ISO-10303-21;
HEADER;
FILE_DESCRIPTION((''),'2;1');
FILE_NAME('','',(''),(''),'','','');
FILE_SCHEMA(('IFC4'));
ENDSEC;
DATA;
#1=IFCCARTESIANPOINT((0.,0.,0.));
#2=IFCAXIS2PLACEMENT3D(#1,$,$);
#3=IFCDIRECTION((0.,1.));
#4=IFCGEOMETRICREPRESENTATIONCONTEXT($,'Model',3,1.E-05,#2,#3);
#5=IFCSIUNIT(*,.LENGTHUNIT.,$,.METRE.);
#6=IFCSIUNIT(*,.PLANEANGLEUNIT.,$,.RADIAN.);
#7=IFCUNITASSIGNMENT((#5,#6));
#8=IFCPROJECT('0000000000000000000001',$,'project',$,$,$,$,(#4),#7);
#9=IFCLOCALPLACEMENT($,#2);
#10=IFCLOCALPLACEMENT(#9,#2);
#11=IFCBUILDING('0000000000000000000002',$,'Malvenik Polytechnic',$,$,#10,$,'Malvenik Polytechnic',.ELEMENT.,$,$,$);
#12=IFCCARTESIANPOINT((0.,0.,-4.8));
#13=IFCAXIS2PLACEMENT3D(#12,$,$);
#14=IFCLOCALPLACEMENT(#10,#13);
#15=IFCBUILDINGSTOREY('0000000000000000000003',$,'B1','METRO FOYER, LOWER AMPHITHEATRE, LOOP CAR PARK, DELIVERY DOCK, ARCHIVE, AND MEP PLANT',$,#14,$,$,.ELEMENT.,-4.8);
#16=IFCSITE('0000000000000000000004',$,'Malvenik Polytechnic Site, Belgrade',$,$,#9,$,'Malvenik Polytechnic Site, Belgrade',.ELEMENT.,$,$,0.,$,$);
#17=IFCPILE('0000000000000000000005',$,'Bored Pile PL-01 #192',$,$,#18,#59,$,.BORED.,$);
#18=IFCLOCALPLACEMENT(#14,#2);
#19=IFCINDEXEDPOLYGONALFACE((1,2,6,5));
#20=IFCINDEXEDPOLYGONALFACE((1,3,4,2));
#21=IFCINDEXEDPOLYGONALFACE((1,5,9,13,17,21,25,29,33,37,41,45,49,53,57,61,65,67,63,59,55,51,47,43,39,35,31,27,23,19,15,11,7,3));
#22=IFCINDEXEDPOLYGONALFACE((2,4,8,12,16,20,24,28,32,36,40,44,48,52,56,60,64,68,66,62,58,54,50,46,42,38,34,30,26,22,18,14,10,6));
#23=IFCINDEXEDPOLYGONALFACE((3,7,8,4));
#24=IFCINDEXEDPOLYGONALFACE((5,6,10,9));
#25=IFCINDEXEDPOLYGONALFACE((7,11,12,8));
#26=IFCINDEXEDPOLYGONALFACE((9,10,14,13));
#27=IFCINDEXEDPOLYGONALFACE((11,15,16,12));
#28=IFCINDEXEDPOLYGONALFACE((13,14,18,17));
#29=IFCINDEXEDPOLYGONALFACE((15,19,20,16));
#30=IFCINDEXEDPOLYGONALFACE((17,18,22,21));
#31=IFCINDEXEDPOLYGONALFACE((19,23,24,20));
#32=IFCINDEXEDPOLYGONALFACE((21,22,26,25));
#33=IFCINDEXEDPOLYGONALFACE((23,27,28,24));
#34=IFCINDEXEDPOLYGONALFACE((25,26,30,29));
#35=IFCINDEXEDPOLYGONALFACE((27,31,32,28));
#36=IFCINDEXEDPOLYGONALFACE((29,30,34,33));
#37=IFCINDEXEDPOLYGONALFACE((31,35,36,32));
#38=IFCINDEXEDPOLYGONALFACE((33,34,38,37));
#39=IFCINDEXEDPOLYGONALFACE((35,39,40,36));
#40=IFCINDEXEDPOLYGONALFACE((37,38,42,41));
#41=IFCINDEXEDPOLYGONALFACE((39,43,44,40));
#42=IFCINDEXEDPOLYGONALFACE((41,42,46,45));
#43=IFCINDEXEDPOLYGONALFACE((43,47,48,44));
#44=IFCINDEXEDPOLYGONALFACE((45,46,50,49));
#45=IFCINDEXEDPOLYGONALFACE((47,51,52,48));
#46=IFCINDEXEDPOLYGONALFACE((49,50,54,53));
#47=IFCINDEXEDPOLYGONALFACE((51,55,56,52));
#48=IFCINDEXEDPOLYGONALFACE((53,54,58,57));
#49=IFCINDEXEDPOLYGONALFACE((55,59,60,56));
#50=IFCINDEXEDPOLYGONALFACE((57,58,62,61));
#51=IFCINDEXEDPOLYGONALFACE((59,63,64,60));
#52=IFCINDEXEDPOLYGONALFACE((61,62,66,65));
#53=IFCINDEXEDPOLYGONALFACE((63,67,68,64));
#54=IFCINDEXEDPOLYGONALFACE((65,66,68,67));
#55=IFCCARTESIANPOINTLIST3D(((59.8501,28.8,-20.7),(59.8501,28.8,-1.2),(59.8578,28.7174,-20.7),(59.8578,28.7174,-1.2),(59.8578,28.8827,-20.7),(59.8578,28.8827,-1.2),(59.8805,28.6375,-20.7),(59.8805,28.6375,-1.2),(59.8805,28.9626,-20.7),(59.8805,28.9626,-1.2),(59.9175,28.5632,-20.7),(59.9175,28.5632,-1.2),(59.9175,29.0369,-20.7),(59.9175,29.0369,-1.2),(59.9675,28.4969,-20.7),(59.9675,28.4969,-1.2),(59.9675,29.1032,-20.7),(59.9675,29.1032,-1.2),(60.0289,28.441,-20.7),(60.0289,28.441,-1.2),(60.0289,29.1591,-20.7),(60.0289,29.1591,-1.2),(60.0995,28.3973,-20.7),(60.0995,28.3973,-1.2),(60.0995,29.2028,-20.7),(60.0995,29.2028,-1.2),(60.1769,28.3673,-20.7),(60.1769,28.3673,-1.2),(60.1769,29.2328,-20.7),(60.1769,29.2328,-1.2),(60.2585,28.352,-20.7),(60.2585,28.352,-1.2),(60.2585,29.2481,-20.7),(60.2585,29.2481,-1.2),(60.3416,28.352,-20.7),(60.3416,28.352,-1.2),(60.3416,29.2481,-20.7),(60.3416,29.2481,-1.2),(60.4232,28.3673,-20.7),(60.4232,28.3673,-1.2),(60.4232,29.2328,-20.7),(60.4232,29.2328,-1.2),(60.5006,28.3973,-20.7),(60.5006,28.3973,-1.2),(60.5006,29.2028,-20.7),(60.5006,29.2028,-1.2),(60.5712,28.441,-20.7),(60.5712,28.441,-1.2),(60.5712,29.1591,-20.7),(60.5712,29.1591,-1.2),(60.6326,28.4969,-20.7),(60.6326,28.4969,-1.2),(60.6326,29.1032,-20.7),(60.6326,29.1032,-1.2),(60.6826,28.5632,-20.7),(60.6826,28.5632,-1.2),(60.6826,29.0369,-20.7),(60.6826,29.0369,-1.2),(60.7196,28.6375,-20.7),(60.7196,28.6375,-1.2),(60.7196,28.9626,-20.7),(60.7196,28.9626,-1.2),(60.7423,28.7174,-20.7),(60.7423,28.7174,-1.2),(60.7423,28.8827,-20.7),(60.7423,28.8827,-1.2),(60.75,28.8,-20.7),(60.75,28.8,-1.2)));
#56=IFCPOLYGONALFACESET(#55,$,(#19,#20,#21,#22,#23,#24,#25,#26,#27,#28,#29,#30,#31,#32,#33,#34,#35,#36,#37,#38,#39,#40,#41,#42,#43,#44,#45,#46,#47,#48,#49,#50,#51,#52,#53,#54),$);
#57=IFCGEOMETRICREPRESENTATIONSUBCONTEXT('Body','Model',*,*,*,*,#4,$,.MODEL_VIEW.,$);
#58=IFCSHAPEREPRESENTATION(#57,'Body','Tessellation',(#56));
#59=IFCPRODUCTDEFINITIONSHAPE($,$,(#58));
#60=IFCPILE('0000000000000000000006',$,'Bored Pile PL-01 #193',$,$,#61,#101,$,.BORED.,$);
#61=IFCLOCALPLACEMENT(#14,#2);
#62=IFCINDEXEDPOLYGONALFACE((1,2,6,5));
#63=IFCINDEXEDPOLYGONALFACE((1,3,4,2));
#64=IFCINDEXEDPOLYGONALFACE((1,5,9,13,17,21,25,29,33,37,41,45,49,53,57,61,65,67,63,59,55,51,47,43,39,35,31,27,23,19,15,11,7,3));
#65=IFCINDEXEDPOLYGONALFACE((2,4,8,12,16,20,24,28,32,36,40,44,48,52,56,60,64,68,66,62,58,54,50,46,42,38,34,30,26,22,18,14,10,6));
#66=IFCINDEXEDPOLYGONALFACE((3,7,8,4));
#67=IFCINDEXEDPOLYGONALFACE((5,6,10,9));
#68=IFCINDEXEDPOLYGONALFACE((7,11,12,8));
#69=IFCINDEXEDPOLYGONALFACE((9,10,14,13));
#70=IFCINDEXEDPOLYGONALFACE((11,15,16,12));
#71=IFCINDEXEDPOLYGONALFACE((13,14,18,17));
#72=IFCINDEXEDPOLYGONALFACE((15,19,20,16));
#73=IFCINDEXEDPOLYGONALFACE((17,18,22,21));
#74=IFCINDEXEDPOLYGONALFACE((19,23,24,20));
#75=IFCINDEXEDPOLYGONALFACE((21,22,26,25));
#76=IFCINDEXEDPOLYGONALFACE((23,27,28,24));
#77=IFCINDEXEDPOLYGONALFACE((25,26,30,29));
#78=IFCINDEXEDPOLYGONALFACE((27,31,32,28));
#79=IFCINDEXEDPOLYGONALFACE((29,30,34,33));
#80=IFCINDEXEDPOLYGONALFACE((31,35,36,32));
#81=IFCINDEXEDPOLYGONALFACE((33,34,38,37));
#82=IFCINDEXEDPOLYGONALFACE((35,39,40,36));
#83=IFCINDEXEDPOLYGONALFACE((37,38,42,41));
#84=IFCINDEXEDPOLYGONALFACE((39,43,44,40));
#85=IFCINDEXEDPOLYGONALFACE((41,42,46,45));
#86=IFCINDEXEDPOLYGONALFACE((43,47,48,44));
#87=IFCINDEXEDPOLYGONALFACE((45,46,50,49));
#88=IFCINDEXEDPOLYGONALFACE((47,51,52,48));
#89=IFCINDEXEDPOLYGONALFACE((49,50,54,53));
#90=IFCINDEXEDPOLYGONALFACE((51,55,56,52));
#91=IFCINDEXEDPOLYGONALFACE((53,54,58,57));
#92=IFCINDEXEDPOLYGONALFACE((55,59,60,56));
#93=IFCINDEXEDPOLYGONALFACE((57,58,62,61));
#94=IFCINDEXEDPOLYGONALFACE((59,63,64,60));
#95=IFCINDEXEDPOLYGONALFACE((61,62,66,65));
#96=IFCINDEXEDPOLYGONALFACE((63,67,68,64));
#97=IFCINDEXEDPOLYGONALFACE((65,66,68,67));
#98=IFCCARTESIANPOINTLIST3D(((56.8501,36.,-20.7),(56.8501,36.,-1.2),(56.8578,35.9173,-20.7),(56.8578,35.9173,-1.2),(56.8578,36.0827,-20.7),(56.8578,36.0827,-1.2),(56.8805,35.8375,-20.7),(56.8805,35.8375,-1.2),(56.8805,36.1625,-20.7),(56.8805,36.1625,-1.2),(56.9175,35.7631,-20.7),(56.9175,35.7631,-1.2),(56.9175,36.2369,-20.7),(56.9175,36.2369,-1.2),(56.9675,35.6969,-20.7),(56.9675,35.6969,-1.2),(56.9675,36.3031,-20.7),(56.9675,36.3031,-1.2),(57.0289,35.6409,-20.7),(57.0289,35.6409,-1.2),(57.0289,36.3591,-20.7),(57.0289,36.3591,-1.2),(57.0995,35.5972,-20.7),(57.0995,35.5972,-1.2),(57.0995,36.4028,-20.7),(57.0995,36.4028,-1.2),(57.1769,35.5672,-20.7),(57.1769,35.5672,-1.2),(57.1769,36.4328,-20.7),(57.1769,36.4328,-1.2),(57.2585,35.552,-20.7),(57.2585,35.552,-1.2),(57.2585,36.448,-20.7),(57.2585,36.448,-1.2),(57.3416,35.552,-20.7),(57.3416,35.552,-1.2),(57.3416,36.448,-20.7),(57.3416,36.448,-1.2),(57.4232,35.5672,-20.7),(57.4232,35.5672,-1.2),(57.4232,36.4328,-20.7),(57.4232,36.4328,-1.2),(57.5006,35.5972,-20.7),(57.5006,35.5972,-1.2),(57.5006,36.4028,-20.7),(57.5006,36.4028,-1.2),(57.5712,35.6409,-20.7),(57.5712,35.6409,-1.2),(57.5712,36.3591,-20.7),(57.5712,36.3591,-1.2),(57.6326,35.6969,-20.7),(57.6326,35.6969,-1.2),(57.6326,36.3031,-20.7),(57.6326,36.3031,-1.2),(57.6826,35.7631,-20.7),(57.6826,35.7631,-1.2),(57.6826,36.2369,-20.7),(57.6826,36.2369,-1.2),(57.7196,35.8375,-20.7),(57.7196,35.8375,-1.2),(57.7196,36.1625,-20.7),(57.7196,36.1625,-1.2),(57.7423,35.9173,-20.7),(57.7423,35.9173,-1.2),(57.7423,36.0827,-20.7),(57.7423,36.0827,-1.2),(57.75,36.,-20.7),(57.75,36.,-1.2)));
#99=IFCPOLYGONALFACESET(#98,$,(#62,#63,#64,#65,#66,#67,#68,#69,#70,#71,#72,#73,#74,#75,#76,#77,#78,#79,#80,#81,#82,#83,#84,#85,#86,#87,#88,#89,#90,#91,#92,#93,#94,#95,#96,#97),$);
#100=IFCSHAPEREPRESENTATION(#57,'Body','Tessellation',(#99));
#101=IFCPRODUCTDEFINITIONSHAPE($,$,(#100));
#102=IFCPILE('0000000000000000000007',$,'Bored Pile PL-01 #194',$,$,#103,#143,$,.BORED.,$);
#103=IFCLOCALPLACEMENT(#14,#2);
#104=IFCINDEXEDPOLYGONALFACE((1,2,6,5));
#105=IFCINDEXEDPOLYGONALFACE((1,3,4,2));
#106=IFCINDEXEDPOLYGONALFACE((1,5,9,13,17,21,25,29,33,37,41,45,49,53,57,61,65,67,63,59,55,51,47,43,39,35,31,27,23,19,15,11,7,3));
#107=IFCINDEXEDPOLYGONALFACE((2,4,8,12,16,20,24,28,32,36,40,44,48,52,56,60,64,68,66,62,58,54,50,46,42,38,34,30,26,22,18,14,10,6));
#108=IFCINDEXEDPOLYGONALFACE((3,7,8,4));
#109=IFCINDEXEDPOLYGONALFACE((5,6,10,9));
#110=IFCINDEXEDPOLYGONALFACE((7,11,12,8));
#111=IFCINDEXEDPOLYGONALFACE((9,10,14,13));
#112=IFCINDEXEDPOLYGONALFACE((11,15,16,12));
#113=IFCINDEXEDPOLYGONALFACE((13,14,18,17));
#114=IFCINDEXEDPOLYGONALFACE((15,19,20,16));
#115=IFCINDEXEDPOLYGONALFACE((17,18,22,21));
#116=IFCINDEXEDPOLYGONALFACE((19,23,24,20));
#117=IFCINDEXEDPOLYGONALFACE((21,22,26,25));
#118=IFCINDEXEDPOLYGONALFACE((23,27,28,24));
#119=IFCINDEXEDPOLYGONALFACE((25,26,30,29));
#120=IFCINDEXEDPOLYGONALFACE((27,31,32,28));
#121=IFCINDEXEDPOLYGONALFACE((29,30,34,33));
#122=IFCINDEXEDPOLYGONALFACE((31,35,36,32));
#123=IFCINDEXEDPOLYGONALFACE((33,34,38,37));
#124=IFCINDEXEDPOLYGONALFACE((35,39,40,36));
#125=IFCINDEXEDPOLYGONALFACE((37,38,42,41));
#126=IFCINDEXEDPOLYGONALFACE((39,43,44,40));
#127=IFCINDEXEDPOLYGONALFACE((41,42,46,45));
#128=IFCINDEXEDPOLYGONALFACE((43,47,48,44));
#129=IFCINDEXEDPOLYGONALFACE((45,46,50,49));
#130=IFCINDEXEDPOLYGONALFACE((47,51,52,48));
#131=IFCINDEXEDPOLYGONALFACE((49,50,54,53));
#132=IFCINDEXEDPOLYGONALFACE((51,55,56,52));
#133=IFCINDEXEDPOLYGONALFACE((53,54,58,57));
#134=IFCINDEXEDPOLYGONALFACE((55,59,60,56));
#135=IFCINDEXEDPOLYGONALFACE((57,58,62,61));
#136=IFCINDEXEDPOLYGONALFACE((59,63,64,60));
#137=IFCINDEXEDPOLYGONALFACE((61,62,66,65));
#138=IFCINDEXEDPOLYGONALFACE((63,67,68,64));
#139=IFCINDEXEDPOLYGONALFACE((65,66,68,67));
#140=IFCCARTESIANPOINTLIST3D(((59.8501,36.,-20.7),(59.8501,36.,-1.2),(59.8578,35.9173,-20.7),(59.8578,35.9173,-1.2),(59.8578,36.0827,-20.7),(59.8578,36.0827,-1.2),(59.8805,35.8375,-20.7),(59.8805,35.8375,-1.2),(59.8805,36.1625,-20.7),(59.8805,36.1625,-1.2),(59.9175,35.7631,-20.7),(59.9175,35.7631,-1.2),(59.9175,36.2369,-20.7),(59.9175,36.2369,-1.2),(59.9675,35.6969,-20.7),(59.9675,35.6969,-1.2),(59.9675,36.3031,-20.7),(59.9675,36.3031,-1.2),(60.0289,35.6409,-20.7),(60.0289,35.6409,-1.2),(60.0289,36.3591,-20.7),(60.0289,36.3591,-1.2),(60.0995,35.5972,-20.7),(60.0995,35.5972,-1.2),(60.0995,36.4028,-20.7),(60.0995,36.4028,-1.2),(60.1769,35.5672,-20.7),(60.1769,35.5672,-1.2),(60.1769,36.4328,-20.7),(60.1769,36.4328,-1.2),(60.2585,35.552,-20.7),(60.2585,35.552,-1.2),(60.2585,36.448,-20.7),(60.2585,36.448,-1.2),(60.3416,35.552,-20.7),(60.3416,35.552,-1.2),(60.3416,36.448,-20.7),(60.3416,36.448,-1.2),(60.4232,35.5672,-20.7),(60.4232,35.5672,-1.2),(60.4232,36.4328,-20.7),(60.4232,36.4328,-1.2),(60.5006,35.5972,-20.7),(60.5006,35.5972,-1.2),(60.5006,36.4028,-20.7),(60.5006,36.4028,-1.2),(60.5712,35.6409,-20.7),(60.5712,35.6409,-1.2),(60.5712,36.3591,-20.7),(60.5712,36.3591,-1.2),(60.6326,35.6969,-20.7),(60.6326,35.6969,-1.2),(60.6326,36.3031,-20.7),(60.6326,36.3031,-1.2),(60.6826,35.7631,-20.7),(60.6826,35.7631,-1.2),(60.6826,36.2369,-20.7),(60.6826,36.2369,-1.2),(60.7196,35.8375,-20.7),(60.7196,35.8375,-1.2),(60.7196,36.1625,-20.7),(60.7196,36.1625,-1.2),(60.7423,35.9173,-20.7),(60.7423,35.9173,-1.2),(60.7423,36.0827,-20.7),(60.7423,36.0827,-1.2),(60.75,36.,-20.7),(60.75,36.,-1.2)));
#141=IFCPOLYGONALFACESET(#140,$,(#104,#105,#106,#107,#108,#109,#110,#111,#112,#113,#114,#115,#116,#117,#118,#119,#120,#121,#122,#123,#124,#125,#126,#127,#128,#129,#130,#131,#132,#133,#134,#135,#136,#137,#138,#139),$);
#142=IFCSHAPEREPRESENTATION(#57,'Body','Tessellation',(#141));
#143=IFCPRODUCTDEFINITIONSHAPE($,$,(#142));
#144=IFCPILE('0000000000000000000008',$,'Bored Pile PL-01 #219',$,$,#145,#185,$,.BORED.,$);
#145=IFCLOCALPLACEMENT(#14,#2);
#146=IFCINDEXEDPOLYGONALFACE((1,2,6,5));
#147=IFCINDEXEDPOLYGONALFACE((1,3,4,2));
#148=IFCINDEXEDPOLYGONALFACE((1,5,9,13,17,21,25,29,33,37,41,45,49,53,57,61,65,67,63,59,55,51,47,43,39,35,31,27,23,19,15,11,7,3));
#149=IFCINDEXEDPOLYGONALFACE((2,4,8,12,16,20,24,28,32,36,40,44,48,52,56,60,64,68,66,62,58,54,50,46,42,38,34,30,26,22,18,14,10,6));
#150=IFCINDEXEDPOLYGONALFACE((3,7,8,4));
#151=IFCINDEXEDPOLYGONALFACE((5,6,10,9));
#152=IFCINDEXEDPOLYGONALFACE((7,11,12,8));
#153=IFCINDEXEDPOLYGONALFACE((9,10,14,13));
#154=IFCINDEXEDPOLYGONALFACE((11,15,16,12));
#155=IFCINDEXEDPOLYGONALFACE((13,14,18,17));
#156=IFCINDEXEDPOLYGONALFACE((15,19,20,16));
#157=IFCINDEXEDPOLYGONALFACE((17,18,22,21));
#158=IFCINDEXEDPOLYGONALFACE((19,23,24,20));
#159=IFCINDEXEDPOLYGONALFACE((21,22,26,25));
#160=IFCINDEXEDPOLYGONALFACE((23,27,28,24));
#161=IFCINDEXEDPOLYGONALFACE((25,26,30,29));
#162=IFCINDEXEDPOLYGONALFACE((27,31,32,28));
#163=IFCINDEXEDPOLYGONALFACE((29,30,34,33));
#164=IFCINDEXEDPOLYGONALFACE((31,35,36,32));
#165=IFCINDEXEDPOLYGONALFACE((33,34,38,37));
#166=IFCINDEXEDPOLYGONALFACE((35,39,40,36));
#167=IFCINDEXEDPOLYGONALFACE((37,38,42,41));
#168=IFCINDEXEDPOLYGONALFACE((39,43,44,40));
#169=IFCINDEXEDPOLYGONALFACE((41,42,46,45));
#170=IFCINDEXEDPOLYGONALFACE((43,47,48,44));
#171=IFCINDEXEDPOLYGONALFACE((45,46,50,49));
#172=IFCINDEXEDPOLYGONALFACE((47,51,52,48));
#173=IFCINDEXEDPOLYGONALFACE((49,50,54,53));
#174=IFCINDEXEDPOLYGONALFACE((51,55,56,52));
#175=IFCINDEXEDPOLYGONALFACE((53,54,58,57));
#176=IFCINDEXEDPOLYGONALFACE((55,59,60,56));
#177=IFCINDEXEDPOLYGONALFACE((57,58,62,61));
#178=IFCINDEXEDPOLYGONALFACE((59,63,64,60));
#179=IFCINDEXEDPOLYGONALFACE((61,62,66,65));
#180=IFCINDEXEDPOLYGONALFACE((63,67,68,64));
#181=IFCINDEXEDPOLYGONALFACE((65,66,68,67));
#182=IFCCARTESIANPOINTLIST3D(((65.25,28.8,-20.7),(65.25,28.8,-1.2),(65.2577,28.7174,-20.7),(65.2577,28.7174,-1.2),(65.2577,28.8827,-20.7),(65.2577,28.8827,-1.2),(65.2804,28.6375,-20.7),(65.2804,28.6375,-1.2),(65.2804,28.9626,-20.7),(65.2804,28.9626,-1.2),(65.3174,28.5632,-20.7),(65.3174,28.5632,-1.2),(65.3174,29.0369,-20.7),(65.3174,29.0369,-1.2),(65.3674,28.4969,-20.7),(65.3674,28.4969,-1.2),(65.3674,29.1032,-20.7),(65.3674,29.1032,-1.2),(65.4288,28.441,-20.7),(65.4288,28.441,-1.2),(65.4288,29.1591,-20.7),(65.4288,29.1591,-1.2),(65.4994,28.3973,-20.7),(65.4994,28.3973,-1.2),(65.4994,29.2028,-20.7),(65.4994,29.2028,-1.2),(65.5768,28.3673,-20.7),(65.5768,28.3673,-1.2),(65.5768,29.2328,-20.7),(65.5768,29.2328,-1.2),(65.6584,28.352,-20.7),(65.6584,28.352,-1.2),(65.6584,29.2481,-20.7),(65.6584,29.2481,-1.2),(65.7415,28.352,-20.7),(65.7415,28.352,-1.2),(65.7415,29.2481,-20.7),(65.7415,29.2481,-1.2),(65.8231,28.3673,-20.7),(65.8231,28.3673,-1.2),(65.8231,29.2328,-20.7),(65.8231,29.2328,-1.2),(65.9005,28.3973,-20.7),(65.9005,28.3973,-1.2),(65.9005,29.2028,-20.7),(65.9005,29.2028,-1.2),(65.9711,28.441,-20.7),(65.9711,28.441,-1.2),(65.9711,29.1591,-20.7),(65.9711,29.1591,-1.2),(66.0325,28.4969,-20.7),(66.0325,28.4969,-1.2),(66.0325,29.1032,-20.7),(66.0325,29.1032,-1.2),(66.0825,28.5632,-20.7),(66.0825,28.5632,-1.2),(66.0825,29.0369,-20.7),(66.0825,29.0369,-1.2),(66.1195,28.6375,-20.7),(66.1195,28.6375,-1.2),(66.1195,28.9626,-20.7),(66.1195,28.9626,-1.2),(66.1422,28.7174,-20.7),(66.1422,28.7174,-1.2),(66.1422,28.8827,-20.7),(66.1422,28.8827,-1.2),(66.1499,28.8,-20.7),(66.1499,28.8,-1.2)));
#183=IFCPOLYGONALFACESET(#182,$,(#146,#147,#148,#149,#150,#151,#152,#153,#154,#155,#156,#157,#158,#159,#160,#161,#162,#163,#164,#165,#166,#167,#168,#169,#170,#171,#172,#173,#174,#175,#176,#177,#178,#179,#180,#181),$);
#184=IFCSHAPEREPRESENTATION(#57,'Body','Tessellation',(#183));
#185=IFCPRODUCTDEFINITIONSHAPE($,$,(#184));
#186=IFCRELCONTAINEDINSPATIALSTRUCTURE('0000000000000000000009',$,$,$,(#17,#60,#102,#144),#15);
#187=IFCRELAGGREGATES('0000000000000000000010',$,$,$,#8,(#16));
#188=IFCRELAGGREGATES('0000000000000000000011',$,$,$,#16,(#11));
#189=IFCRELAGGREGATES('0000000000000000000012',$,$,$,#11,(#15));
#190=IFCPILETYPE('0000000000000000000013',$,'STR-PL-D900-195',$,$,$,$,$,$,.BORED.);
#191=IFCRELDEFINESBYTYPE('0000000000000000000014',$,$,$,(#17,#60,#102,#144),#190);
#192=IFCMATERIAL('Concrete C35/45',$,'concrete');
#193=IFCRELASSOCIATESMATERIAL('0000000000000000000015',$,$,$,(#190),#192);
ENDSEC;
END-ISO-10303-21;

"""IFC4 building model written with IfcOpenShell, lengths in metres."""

from ifc_helpers import new_model, si_unit, direction, frame, origin, origin_2d, place, context, subcontext, project, spatial, circle, extrude, material, material_profile, profile_set, type_object, element, save


model = new_model("IFC4")

# Units and contexts
model_context = context("Model", 3, precision=1e-05, world=origin(), true_north=direction((0.0, 1.0)))
body_context = subcontext(model_context, "Body", "Model", "MODEL_VIEW")
ifc_project = project(units=[si_unit("LENGTHUNIT", "METRE"), si_unit("PLANEANGLEUNIT", "RADIAN")], contexts=[model_context])

# Site, building, storey
site_placement = place(None, origin())
site = spatial("IfcSite", under=ifc_project, at=site_placement, Name="Malvenik Polytechnic Site, Belgrade", LongName="Malvenik Polytechnic Site, Belgrade", CompositionType="ELEMENT", RefElevation=0.0)
building_placement = place(site_placement, origin())
building = spatial("IfcBuilding", under=site, at=building_placement, Name="Malvenik Polytechnic", LongName="Malvenik Polytechnic", CompositionType="ELEMENT")
storey_placement = place(building_placement, frame((0.0, 0.0, -4.8)))
storey = spatial("IfcBuildingStorey", under=building, at=storey_placement, Name="B1", Description="METRO FOYER, LOWER AMPHITHEATRE, LOOP CAR PARK, DELIVERY DOCK, ARCHIVE, AND MEP PLANT", CompositionType="ELEMENT", Elevation=-4.8)

# Shared definitions
ifc_material_1 = material(Name="Concrete C35/45", Category="concrete")

# Piles
ifc_material_profile_1 = material_profile(ifc_material_1, circle(Radius=0.45, at=origin_2d()), Name="BORED PILE D900")
ifc_profile_set_1 = profile_set([ifc_material_profile_1], Name="Concrete C35/45")
pile_type = type_object("IfcPileType", Name="STR-PL-D900-195", PredefinedType="BORED", material=ifc_profile_set_1)
for number, where, z_axis, x_axis, name in (
    (1, (60.3, 28.8, -1.2), (0.0, 0.0, -1.0), (1.0, 0.0, 0.0), "Bored Pile PL-01 #192"),
    (2, (57.3, 36.0, -1.2), (0.0, 0.0, -1.0), (1.0, 0.0, 0.0), "Bored Pile PL-01 #193"),
    (3, (60.3, 36.0, -1.2), (0.0, 0.0, -1.0), (1.0, 0.0, 0.0), "Bored Pile PL-01 #194"),
    (4, (65.7, 28.8, -1.2), (0.0, 0.0, -1.0), (1.0, 0.0, 0.0), "Bored Pile PL-01 #219"),
):
    element("IfcPile", number, at=place(storey_placement, frame(where, z_axis=z_axis, x_axis=x_axis)), inside=storey, type_object=pile_type, Name=name, PredefinedType="BORED", context=body_context, shape_type="SweptSolid", body=[
        extrude(circle(Radius=0.45, at=origin_2d()), origin(), (0.0, 0.0, 1.0), 19.5),
    ])

save(model, "model.ifc")
